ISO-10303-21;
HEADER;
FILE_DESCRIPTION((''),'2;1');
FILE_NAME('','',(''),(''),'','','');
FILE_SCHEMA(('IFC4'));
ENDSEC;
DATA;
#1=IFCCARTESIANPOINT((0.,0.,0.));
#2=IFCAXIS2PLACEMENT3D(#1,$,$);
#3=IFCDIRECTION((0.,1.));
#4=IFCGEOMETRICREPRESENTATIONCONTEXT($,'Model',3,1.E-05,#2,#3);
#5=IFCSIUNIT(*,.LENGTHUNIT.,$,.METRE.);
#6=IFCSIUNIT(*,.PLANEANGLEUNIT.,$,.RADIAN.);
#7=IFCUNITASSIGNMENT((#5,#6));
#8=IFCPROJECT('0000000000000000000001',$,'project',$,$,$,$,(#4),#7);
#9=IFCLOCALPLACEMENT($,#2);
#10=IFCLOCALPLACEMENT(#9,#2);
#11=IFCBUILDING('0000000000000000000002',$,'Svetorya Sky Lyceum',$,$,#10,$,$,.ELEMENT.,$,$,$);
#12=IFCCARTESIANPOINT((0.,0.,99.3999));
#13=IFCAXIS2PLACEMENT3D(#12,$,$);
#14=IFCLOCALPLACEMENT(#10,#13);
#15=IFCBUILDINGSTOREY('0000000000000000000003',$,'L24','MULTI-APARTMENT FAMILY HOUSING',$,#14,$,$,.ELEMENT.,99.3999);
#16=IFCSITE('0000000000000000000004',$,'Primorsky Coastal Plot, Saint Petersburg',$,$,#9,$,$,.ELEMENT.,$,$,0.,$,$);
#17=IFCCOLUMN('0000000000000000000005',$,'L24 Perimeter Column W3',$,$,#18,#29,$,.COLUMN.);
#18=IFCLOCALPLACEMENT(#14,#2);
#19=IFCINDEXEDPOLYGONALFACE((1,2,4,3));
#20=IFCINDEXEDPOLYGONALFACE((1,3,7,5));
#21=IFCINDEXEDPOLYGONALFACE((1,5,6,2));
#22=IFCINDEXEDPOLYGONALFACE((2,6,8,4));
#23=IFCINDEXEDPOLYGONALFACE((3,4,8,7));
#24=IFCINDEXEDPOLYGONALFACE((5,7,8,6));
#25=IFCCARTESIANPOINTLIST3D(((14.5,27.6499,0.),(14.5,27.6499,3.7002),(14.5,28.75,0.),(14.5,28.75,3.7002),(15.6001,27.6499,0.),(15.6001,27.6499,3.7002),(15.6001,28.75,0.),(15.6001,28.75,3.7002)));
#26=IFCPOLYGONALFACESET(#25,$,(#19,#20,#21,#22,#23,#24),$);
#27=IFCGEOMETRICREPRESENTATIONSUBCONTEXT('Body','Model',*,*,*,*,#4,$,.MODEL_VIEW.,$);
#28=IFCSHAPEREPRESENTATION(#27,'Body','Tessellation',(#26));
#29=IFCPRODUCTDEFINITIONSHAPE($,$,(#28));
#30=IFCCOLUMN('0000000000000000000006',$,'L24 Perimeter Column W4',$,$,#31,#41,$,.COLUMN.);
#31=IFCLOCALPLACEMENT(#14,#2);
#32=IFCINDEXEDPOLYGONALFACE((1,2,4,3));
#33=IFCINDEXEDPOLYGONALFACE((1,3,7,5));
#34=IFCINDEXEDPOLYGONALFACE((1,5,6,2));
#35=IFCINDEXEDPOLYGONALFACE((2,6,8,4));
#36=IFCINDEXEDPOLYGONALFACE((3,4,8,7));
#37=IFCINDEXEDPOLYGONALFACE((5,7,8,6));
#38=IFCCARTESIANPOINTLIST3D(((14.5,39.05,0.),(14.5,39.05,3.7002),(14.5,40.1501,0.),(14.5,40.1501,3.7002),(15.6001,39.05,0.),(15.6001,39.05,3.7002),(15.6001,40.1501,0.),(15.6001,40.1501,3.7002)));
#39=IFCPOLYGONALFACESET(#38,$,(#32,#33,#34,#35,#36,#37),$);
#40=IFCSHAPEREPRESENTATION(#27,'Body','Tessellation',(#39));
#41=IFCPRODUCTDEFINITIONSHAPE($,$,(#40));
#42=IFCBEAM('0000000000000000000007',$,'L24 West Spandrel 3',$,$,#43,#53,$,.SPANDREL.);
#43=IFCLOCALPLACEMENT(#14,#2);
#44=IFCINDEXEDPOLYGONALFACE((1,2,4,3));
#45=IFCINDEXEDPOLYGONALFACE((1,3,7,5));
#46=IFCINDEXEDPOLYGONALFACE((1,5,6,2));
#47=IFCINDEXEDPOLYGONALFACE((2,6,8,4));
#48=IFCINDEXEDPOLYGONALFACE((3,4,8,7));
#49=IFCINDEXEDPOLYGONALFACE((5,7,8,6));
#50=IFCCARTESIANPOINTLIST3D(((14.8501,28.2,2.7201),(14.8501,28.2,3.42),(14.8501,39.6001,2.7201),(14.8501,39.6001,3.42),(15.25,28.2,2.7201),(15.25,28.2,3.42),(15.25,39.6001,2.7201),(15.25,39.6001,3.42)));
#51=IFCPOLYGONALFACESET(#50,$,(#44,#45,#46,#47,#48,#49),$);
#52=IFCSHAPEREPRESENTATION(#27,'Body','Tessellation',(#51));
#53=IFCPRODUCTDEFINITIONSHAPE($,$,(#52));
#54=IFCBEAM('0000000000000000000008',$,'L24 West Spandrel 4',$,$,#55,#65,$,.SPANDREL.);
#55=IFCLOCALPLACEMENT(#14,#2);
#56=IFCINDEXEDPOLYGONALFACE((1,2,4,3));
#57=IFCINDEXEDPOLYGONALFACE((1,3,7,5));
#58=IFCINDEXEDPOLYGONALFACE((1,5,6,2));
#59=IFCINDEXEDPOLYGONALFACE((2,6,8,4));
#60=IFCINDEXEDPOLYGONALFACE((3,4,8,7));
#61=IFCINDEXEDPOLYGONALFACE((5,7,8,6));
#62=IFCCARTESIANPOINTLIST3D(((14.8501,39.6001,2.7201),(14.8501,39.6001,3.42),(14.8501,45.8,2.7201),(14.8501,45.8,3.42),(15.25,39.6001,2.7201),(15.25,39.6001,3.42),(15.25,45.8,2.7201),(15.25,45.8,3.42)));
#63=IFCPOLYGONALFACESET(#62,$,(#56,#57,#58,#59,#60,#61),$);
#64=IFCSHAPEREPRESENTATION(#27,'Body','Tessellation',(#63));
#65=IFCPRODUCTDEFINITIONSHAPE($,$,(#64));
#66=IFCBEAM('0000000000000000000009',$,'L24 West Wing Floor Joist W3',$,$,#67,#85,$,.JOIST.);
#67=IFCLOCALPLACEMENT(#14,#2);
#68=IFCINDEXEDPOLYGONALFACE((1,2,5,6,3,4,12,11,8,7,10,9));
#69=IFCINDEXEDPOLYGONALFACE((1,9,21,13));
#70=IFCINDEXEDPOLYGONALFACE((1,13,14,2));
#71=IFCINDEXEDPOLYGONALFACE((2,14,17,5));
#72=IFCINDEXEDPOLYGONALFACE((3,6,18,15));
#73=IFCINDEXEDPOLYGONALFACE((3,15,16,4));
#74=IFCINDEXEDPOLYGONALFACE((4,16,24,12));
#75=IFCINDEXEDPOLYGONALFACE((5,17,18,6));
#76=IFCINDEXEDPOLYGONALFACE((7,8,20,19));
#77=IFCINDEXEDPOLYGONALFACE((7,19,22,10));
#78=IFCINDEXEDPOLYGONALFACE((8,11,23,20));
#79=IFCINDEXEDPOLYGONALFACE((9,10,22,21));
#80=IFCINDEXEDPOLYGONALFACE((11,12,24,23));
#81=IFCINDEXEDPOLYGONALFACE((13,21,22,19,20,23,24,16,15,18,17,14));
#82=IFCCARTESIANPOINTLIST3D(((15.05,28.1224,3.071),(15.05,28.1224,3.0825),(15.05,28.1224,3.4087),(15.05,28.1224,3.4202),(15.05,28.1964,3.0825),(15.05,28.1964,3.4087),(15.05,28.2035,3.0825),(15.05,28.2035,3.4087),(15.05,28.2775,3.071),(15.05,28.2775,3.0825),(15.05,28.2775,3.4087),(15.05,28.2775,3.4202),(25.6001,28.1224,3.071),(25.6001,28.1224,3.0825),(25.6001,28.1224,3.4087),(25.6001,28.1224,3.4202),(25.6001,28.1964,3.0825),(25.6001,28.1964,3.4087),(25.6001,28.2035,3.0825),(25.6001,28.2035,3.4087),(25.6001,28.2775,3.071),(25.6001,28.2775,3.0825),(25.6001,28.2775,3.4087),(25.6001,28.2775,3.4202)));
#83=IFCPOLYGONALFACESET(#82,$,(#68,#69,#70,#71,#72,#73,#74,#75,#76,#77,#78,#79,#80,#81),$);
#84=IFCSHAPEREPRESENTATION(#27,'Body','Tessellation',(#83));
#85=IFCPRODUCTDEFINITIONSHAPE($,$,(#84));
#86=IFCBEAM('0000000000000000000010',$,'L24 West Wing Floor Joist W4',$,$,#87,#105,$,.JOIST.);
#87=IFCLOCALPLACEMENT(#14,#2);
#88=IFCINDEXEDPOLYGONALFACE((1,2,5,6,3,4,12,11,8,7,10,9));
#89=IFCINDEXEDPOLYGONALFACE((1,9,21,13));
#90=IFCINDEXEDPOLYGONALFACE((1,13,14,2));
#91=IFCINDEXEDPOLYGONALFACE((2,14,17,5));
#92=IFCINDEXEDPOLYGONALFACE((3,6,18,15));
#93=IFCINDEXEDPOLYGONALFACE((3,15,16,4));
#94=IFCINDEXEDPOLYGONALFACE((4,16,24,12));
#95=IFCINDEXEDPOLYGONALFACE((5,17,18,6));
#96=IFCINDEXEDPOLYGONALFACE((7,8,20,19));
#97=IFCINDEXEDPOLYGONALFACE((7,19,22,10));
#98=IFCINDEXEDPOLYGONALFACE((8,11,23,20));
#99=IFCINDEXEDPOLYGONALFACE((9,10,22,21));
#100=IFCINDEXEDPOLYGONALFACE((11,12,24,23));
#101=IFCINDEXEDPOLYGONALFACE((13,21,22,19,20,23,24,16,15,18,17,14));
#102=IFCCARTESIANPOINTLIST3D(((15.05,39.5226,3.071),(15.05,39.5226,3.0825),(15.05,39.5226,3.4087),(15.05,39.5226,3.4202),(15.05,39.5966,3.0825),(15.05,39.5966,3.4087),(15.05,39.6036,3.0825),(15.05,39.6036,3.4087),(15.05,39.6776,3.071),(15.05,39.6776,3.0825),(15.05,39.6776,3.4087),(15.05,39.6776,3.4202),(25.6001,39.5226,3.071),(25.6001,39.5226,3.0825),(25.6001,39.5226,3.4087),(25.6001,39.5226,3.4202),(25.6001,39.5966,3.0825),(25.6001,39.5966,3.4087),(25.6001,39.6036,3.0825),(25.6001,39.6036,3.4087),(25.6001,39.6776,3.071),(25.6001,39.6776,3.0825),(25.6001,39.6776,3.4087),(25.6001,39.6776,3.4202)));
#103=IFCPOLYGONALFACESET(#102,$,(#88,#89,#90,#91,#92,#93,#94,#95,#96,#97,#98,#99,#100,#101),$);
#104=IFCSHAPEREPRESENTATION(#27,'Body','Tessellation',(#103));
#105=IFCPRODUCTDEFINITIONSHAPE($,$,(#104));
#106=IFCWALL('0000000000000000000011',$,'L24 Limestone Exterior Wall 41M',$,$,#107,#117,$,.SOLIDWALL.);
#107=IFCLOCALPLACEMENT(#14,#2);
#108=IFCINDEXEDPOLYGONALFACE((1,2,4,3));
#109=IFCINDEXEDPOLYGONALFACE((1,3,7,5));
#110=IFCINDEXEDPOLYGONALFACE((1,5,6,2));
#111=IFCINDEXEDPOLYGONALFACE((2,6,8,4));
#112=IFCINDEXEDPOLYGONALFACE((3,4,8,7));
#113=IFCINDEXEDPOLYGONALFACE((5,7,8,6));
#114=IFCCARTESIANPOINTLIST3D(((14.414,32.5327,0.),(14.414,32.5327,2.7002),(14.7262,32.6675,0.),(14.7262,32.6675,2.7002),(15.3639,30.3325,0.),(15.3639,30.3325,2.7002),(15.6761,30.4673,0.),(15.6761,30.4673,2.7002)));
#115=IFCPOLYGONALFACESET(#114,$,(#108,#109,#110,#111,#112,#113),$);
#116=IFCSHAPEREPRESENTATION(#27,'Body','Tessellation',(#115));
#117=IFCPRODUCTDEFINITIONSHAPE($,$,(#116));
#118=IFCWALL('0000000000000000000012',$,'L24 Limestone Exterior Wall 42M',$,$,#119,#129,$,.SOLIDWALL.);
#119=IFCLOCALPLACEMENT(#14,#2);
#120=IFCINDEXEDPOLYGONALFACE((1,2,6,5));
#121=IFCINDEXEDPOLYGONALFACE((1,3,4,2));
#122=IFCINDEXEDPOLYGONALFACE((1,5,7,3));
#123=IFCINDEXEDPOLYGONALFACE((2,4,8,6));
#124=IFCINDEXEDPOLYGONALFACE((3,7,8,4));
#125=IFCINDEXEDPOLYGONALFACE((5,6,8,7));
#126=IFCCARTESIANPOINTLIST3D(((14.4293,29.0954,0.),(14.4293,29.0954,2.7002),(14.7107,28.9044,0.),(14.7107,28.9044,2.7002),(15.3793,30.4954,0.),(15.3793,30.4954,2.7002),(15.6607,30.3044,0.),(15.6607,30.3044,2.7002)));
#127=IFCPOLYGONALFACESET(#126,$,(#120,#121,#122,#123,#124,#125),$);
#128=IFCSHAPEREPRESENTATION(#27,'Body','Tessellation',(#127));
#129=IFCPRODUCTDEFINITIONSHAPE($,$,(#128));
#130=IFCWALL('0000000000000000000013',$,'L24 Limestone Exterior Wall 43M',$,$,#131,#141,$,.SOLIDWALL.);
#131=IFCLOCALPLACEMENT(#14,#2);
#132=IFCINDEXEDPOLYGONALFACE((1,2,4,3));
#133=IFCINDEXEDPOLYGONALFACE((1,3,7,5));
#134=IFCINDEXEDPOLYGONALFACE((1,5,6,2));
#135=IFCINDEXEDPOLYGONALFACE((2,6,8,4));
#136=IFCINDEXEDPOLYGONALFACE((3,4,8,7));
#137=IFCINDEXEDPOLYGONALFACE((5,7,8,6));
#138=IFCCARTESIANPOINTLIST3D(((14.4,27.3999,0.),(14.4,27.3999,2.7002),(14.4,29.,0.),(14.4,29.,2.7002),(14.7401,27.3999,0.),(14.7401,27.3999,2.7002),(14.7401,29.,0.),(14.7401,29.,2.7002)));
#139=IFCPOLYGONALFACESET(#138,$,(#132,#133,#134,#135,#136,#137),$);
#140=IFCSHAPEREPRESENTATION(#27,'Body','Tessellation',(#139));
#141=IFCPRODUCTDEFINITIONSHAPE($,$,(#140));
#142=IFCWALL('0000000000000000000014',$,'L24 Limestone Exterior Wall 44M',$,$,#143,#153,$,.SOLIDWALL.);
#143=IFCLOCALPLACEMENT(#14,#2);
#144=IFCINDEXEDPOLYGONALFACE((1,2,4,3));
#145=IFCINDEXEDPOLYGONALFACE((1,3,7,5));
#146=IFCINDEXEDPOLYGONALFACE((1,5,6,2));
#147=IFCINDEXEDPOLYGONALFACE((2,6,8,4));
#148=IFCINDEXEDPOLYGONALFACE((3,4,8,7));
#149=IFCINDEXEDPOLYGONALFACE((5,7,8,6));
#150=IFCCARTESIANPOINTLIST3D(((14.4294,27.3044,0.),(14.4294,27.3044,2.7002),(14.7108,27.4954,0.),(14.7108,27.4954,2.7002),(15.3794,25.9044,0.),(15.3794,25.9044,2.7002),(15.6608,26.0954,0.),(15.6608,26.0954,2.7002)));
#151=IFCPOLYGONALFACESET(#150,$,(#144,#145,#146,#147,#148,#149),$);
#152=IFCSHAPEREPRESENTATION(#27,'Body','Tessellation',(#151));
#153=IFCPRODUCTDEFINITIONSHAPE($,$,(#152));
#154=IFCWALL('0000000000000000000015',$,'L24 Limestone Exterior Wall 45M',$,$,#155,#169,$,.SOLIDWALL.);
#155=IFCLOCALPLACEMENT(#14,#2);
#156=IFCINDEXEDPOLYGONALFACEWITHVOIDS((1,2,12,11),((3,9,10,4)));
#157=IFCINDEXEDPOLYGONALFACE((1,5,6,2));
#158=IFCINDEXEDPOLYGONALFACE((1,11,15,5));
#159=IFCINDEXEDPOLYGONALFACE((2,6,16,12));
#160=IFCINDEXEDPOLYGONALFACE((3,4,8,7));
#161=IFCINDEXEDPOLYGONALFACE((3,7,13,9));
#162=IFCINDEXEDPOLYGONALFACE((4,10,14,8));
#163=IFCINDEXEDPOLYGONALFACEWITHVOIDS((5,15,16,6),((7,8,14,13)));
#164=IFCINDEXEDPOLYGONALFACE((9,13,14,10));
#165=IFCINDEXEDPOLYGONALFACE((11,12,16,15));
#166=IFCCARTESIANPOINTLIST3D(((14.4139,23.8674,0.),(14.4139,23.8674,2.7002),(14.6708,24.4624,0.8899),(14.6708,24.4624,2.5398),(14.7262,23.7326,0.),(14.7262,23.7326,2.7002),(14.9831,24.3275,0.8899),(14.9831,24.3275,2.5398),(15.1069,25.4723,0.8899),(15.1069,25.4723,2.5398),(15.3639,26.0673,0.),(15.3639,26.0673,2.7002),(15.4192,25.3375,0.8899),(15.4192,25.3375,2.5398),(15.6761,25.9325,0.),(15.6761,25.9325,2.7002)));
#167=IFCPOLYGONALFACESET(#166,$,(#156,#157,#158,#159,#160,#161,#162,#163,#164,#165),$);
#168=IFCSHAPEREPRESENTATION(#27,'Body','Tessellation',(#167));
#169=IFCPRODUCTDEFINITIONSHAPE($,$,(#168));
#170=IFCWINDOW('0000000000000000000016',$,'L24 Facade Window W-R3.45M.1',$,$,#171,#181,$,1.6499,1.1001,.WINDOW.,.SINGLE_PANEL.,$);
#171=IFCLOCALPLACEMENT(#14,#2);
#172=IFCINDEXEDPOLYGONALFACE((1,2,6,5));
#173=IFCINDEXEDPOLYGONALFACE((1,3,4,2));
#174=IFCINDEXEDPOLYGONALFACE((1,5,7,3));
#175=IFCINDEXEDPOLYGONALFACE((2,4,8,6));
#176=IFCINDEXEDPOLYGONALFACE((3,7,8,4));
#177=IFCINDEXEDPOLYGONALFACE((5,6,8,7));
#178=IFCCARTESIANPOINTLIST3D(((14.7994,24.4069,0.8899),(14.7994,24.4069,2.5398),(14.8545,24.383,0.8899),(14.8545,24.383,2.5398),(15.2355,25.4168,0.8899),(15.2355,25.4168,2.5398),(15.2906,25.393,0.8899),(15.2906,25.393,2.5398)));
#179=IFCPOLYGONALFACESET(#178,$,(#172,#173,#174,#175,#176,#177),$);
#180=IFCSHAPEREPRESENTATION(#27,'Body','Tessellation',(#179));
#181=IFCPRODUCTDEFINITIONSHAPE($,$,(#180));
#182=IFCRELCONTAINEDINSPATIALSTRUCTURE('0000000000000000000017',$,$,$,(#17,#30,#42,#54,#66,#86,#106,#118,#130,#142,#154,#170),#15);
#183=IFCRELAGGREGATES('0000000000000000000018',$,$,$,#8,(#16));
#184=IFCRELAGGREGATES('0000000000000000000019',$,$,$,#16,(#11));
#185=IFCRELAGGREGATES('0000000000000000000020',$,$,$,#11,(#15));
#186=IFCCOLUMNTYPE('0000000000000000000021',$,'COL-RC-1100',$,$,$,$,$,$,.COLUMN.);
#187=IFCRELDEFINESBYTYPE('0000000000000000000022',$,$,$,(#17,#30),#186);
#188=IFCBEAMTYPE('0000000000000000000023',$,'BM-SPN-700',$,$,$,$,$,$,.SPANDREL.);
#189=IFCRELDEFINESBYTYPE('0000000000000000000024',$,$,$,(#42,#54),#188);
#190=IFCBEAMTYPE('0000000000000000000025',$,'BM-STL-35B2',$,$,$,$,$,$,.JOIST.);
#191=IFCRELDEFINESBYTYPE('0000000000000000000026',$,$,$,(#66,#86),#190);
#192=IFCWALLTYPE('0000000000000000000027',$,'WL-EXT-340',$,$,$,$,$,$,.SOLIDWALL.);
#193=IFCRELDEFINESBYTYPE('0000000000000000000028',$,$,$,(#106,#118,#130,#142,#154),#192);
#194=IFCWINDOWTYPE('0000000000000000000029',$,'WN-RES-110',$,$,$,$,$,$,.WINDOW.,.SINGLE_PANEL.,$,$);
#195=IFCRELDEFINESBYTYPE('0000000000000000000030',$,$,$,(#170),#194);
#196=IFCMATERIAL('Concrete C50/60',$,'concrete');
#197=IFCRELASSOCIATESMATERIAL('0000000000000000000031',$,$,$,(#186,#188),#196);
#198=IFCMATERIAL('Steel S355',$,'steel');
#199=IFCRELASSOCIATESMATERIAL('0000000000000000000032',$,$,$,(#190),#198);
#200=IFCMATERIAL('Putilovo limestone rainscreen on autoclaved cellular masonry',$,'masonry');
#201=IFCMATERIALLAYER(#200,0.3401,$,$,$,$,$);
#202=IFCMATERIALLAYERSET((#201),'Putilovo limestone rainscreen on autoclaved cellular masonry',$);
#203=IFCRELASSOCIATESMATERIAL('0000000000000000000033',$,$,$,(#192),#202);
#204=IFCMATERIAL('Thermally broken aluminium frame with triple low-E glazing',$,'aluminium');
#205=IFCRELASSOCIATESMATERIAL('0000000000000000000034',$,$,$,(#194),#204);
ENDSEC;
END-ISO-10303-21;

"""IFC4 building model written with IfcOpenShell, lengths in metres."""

from ifc_helpers import new_model, si_unit, direction, frame, frame_2d, origin, origin_2d, place, context, subcontext, project, spatial, rectangle, i_section, extrude, material, layer, layer_set, material_profile, profile_set, type_object, element, fill, save


model = new_model("IFC4")

# Units and contexts
model_context = context("Model", 3, precision=1e-05, world=origin(), true_north=direction((0.0, 1.0)))
body_context = subcontext(model_context, "Body", "Model", "MODEL_VIEW")
ifc_project = project(units=[si_unit("LENGTHUNIT", "METRE"), si_unit("PLANEANGLEUNIT", "RADIAN")], contexts=[model_context])

# Site, building, storey
site_placement = place(None, origin())
site = spatial("IfcSite", under=ifc_project, at=site_placement, Name="Primorsky Coastal Plot, Saint Petersburg", CompositionType="ELEMENT", RefElevation=0.0)
building_placement = place(site_placement, origin())
building = spatial("IfcBuilding", under=site, at=building_placement, Name="Svetorya Sky Lyceum", CompositionType="ELEMENT")
storey_placement = place(building_placement, frame((0.0, 0.0, 99.3999)))
storey = spatial("IfcBuildingStorey", under=building, at=storey_placement, Name="L24", Description="MULTI-APARTMENT FAMILY HOUSING", CompositionType="ELEMENT", Elevation=99.3999)

# Columns
ifc_material_1 = material(Name="Concrete C50/60", Category="concrete")
ifc_material_profile_1 = material_profile(ifc_material_1, rectangle(XDim=1.1001, YDim=1.1001, at=origin_2d()), Name="RC COL 1100x1100")
ifc_profile_set_1 = profile_set([ifc_material_profile_1], Name="Concrete C50/60")
column_type = type_object("IfcColumnType", Name="COL-RC-1100", PredefinedType="COLUMN", material=ifc_profile_set_1)
for number, where, z_axis, x_axis, name in (
    (1, (15.05, 28.2, 0.0), (0.0, 0.0, 1.0), (1.0, 0.0, 0.0), "L24 Perimeter Column W3"),
    (2, (15.05, 39.6001, 0.0), (0.0, 0.0, 1.0), (1.0, 0.0, 0.0), "L24 Perimeter Column W4"),
):
    element("IfcColumn", number, at=place(storey_placement, frame(where, z_axis=z_axis, x_axis=x_axis)), inside=storey, type_object=column_type, Name=name, PredefinedType="COLUMN", context=body_context, shape_type="SweptSolid", body=[
        extrude(rectangle(XDim=1.1001, YDim=1.1001, at=origin_2d()), origin(), (0.0, 0.0, 1.0), 3.7002),
    ])

# Beams
ifc_material_profile_2 = material_profile(ifc_material_1, rectangle(XDim=0.3999, YDim=0.7, at=origin_2d()), Name="RC SPANDREL 400x700")
ifc_profile_set_2 = profile_set([ifc_material_profile_2], Name="Concrete C50/60")
beam_type_1 = type_object("IfcBeamType", Name="BM-SPN-700", PredefinedType="SPANDREL", material=ifc_profile_set_2)
beam_1_placement = place(storey_placement, frame((15.05, 28.2, 3.0701), z_axis=(0.0, 1.0, 0.0), x_axis=(-1.0, 0.0, 0.0)))
element("IfcBeam", 3, at=beam_1_placement, inside=storey, type_object=beam_type_1, Name="L24 West Spandrel 3", PredefinedType="SPANDREL", context=body_context, shape_type="SweptSolid", body=[
    extrude(rectangle(XDim=0.3999, YDim=0.7, at=origin_2d()), origin(), (0.0, 0.0, 1.0), 11.4001),
])
beam_2_placement = place(storey_placement, frame((15.05, 39.6001, 3.0701), z_axis=(0.0, 1.0, 0.0), x_axis=(-1.0, 0.0, 0.0)))
element("IfcBeam", 4, at=beam_2_placement, inside=storey, type_object=beam_type_1, Name="L24 West Spandrel 4", PredefinedType="SPANDREL", context=body_context, shape_type="SweptSolid", body=[
    extrude(rectangle(XDim=0.3999, YDim=0.7, at=origin_2d()), origin(), (0.0, 0.0, 1.0), 6.2),
])
ifc_material_2 = material(Name="Steel S355", Category="steel")
ifc_material_profile_3 = material_profile(ifc_material_2, i_section(OverallWidth=0.155, OverallDepth=0.3491, WebThickness=0.0071, FlangeThickness=0.0115, at=origin_2d()), Name="GOST 35B2")
ifc_profile_set_3 = profile_set([ifc_material_profile_3], Name="Steel S355")
beam_type_2 = type_object("IfcBeamType", Name="BM-STL-35B2", PredefinedType="JOIST", material=ifc_profile_set_3)
for number, where, z_axis, x_axis, name in (
    (5, (15.05, 28.2, 3.2456), (1.0, 0.0, 0.0), (0.0, 1.0, 0.0), "L24 West Wing Floor Joist W3"),
    (6, (15.05, 39.6001, 3.2456), (1.0, 0.0, 0.0), (0.0, 1.0, 0.0), "L24 West Wing Floor Joist W4"),
):
    element("IfcBeam", number, at=place(storey_placement, frame(where, z_axis=z_axis, x_axis=x_axis)), inside=storey, type_object=beam_type_2, Name=name, PredefinedType="JOIST", context=body_context, shape_type="SweptSolid", body=[
        extrude(i_section(OverallWidth=0.155, OverallDepth=0.3491, WebThickness=0.0071, FlangeThickness=0.0115, at=origin_2d()), origin(), (0.0, 0.0, 1.0), 10.55),
    ])

# Walls
ifc_material_3 = material(Name="Putilovo limestone rainscreen on autoclaved cellular masonry", Category="masonry")
ifc_layer_1 = layer(ifc_material_3, 0.3401)
ifc_layer_set_1 = layer_set([ifc_layer_1], Name="Putilovo limestone rainscreen on autoclaved cellular masonry")
wall_type_1 = type_object("IfcWallType", Name="WL-EXT-340", PredefinedType="SOLIDWALL", material=ifc_layer_set_1)
wall_1_placement = place(storey_placement, frame((14.5701, 32.6001, 0.0), z_axis=(0.0, 0.0, 1.0), x_axis=(0.396389, -0.918083, 0.0)))
element("IfcWall", 7, at=wall_1_placement, inside=storey, type_object=wall_type_1, Name="L24 Limestone Exterior Wall 41M", PredefinedType="SOLIDWALL", context=body_context, shape_type="SweptSolid", body=[
    extrude(rectangle(XDim=2.3965, YDim=0.3401, at=frame_2d((1.1982, 0.0))), origin(), (0.0, 0.0, 1.0), 2.7002),
])
wall_2_placement = place(storey_placement, frame((15.52, 30.3999, 0.0), z_axis=(0.0, 0.0, 1.0), x_axis=(-0.561508, -0.827471, 0.0)))
element("IfcWall", 8, at=wall_2_placement, inside=storey, type_object=wall_type_1, Name="L24 Limestone Exterior Wall 42M", PredefinedType="SOLIDWALL", context=body_context, shape_type="SweptSolid", body=[
    extrude(rectangle(XDim=1.6919, YDim=0.3401, at=frame_2d((0.8459, 0.0))), origin(), (0.0, 0.0, 1.0), 2.7002),
])
wall_3_placement = place(storey_placement, frame((14.5701, 29.0, 0.0), z_axis=(0.0, 0.0, 1.0), x_axis=(0.0, -1.0, 0.0)))
element("IfcWall", 9, at=wall_3_placement, inside=storey, type_object=wall_type_1, Name="L24 Limestone Exterior Wall 43M", PredefinedType="SOLIDWALL", context=body_context, shape_type="SweptSolid", body=[
    extrude(rectangle(XDim=1.6001, YDim=0.3401, at=frame_2d((0.8, 0.0))), origin(), (0.0, 0.0, 1.0), 2.7002),
])
wall_4_placement = place(storey_placement, frame((14.5701, 27.3999, 0.0), z_axis=(0.0, 0.0, 1.0), x_axis=(0.561508, -0.827471, 0.0)))
element("IfcWall", 10, at=wall_4_placement, inside=storey, type_object=wall_type_1, Name="L24 Limestone Exterior Wall 44M", PredefinedType="SOLIDWALL", context=body_context, shape_type="SweptSolid", body=[
    extrude(rectangle(XDim=1.6919, YDim=0.3401, at=frame_2d((0.8459, 0.0))), origin(), (0.0, 0.0, 1.0), 2.7002),
])

# Wall, opening, window
wall_5_placement = place(storey_placement, frame((15.52, 26.0, 0.0), z_axis=(0.0, 0.0, 1.0), x_axis=(-0.396426, -0.918067, 0.0)))
wall_5 = element("IfcWall", 11, at=wall_5_placement, inside=storey, type_object=wall_type_1, Name="L24 Limestone Exterior Wall 45M", PredefinedType="SOLIDWALL", context=body_context, shape_type="SweptSolid", body=[
    extrude(rectangle(XDim=2.3962, YDim=0.3401, at=frame_2d((1.1982, 0.0))), origin(), (0.0, 0.0, 1.0), 2.7002),
])
opening_1_placement = place(wall_5_placement, frame((0.6482, 0.0, 0.8899)))
opening_1 = element("IfcOpeningElement", 12, at=opening_1_placement, cuts=wall_5, PredefinedType="OPENING", context=body_context, shape_type="SweptSolid", body=[
    extrude(rectangle(XDim=1.1001, YDim=1.6499, at=frame_2d((0.55, 0.825))), frame((0.0, 0.1799, 0.0), z_axis=(0.0, -1.0, 0.0), x_axis=(1.0, 0.0, 0.0)), (0.0, 0.0, 1.0), 0.3601),
])
ifc_material_4 = material(Name="Thermally broken aluminium frame with triple low-E glazing", Category="aluminium")
window_type_1 = type_object("IfcWindowType", Name="WN-RES-110", PartitioningType="SINGLE_PANEL", PredefinedType="WINDOW", material=ifc_material_4)
window_1_placement = place(opening_1_placement, origin())
window_1 = element("IfcWindow", 13, at=window_1_placement, inside=storey, type_object=window_type_1, Name="L24 Facade Window W-R3.45M.1", OverallHeight=1.6499, OverallWidth=1.1001, PartitioningType="SINGLE_PANEL", PredefinedType="WINDOW", context=body_context, shape_type="SweptSolid", body=[
    extrude(rectangle(XDim=1.1001, YDim=1.6499, at=frame_2d((0.55, 0.825))), frame((0.0, 0.03, 0.0), z_axis=(0.0, -1.0, 0.0), x_axis=(1.0, 0.0, 0.0)), (0.0, 0.0, 1.0), 0.0601),
])
fill(opening_1, window_1)

save(model, "model.ifc")
